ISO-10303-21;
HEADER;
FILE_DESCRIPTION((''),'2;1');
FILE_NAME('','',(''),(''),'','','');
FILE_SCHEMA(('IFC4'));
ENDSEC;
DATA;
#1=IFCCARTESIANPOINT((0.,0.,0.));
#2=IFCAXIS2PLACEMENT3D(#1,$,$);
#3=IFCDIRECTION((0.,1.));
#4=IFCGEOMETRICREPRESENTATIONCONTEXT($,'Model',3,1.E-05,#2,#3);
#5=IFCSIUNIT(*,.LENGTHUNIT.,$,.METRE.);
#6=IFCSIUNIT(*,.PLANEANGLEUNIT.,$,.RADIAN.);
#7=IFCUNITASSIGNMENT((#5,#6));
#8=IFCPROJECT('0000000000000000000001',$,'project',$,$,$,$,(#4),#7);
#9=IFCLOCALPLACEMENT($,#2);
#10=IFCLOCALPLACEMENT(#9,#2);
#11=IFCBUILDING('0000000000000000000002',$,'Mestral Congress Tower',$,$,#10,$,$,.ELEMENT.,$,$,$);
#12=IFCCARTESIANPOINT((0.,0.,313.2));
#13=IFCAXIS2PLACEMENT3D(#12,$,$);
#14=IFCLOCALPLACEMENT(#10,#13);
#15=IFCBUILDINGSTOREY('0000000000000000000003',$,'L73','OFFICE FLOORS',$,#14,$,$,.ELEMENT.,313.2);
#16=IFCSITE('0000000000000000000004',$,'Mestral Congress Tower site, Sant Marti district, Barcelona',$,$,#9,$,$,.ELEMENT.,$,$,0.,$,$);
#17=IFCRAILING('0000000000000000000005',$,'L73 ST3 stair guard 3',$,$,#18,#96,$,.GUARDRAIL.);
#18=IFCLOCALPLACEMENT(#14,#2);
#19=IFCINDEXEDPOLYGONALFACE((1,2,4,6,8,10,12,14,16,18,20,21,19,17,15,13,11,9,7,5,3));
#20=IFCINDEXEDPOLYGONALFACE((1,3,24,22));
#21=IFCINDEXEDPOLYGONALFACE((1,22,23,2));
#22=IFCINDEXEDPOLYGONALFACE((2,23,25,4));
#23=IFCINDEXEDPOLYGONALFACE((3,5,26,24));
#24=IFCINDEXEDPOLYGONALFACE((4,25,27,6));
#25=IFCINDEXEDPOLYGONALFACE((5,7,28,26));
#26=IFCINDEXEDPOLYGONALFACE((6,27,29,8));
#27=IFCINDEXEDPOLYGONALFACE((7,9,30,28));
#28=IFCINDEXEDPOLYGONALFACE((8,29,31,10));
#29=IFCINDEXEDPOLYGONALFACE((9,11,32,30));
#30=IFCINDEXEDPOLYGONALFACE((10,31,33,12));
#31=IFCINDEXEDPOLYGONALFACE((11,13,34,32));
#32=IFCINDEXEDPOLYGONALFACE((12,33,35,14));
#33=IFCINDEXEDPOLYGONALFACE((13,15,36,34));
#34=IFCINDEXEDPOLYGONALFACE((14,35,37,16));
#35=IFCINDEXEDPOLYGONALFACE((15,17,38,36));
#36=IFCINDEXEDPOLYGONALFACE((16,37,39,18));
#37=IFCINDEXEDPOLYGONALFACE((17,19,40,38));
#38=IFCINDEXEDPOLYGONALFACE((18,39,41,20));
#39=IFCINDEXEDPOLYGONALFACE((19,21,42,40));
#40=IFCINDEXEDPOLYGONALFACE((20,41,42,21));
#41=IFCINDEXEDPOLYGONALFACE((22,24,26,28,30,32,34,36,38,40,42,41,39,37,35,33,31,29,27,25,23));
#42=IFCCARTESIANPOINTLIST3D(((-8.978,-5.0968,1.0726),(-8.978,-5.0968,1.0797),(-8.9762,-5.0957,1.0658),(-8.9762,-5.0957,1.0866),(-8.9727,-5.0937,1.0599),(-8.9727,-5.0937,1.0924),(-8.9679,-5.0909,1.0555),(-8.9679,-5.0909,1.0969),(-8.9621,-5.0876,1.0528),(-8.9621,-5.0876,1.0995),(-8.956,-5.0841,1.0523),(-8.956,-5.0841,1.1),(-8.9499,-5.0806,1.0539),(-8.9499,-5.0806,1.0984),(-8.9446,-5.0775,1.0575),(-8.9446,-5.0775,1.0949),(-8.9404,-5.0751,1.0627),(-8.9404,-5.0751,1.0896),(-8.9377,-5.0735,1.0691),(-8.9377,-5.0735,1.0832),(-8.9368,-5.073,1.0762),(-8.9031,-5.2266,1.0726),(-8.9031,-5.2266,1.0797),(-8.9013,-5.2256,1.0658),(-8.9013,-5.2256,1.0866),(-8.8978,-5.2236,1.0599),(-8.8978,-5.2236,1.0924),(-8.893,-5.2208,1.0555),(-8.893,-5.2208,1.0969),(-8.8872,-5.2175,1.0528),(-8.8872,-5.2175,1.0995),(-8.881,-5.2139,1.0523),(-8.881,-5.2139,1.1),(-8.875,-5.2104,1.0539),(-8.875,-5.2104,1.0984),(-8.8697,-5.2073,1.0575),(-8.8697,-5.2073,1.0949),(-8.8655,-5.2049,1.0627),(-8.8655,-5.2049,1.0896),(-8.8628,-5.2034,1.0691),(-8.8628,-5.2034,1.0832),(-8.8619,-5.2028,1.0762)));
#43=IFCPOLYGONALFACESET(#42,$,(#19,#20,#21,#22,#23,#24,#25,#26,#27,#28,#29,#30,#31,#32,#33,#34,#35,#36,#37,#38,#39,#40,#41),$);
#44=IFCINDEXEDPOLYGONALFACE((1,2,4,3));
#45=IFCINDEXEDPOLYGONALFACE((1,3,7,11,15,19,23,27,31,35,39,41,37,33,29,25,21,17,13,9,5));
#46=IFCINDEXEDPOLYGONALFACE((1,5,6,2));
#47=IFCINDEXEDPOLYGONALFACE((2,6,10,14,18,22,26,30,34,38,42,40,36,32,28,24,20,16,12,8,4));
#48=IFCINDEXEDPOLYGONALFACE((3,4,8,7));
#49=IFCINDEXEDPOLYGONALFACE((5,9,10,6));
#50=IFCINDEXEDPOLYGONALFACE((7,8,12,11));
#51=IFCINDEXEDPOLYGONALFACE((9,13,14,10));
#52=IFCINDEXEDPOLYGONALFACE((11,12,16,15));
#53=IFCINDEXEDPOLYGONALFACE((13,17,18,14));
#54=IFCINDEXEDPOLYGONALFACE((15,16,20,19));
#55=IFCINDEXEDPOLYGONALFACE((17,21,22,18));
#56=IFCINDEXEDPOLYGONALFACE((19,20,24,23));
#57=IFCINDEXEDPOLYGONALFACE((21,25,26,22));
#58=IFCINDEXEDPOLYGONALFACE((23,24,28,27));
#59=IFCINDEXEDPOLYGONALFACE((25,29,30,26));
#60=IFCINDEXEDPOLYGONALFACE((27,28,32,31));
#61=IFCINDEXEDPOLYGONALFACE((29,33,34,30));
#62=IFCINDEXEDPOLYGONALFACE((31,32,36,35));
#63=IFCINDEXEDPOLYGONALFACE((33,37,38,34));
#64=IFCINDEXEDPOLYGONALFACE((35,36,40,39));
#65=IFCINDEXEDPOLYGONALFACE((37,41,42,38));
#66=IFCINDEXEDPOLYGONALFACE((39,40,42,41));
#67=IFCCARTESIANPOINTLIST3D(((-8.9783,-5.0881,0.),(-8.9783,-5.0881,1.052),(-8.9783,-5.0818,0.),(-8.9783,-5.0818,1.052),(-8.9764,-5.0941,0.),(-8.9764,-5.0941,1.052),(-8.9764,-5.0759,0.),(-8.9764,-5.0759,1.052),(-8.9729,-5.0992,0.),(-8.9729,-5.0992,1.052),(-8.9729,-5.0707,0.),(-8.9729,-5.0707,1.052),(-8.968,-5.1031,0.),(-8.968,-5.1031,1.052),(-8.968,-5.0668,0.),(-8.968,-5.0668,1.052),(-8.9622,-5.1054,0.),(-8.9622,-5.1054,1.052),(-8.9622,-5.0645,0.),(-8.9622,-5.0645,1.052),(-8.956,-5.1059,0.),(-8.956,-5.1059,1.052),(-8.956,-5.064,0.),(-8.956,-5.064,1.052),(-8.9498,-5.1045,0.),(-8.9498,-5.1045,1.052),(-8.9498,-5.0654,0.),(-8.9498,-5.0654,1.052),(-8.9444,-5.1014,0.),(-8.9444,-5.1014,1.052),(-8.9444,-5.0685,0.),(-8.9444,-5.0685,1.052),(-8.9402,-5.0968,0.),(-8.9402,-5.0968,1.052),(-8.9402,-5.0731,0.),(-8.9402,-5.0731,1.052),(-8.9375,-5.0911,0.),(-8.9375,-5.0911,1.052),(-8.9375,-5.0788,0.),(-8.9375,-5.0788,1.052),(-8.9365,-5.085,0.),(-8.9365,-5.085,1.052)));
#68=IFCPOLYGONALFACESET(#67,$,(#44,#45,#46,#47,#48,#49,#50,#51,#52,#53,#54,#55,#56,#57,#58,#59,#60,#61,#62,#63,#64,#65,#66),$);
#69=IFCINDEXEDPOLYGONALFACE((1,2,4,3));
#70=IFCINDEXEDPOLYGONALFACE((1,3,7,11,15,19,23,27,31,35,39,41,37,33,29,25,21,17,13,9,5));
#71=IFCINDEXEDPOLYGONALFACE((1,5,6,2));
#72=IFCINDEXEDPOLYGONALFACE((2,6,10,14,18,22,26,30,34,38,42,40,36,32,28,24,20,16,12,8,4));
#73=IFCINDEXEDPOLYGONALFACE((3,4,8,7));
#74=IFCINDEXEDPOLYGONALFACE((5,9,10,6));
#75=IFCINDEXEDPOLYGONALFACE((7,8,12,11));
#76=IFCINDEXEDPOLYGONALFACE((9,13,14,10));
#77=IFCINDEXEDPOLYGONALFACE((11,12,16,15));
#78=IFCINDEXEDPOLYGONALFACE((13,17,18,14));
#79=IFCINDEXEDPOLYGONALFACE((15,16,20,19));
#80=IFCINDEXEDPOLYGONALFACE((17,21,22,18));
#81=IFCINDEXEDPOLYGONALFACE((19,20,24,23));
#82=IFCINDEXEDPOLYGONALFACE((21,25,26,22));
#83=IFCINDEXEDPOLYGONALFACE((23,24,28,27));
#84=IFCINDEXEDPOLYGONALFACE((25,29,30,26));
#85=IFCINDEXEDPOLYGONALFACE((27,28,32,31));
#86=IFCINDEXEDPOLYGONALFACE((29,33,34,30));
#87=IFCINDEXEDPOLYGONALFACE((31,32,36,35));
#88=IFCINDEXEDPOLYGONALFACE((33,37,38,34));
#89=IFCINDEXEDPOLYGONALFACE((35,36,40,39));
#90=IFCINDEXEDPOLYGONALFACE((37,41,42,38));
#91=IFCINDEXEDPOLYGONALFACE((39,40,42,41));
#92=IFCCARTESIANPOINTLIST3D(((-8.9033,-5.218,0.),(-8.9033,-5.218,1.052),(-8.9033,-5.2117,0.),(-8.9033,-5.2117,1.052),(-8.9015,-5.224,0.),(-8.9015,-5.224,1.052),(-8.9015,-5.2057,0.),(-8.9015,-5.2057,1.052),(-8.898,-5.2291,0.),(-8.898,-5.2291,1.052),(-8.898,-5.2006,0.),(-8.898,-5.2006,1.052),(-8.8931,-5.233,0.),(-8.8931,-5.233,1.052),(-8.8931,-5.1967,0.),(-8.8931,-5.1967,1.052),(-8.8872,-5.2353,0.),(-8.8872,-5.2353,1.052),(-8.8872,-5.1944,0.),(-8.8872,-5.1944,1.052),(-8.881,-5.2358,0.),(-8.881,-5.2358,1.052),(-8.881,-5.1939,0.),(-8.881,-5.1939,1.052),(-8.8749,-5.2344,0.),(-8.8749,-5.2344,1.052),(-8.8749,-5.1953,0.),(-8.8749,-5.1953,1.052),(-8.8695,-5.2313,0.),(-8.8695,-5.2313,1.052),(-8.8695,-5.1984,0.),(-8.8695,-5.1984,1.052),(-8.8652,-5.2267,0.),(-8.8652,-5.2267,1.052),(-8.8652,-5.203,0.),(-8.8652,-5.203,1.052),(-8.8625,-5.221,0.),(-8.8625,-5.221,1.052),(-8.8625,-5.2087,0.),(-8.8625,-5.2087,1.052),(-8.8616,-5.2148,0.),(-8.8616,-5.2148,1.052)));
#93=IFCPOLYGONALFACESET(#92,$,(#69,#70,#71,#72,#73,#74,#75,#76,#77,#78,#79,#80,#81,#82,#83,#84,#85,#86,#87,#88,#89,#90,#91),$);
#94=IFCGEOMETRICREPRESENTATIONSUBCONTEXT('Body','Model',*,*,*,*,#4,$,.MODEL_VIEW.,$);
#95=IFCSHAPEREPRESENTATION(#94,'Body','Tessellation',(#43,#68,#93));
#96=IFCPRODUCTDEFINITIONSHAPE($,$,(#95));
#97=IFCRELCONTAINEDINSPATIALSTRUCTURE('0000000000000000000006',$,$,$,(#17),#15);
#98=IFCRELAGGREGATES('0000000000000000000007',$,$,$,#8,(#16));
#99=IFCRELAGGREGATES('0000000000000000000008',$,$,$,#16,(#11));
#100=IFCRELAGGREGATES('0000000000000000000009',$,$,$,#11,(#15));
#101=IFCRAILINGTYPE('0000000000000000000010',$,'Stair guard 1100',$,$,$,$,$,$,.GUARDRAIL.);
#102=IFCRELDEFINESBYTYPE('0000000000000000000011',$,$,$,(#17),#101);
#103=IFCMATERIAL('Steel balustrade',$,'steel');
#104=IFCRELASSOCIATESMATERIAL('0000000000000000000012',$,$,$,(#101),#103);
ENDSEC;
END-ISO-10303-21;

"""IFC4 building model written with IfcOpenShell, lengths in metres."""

from ifc_helpers import new_model, si_unit, direction, frame, origin, origin_2d, place, context, subcontext, project, spatial, circle, extrude, material, type_object, element, save


model = new_model("IFC4")

# Units and contexts
model_context = context("Model", 3, precision=1e-05, world=origin(), true_north=direction((0.0, 1.0)))
body_context = subcontext(model_context, "Body", "Model", "MODEL_VIEW")
ifc_project = project(units=[si_unit("LENGTHUNIT", "METRE"), si_unit("PLANEANGLEUNIT", "RADIAN")], contexts=[model_context])

# Site, building, storey
site_placement = place(None, origin())
site = spatial("IfcSite", under=ifc_project, at=site_placement, Name="Mestral Congress Tower site, Sant Marti district, Barcelona", CompositionType="ELEMENT", RefElevation=0.0)
building_placement = place(site_placement, origin())
building = spatial("IfcBuilding", under=site, at=building_placement, Name="Mestral Congress Tower", CompositionType="ELEMENT")
storey_placement = place(building_placement, frame((0.0, 0.0, 313.2)))
storey = spatial("IfcBuildingStorey", under=building, at=storey_placement, Name="L73", Description="OFFICE FLOORS", CompositionType="ELEMENT", Elevation=313.2)

# Railing
ifc_material_1 = material(Name="Steel balustrade", Category="steel")
railing_type_1 = type_object("IfcRailingType", Name="Stair guard 1100", PredefinedType="GUARDRAIL", material=ifc_material_1)
railing_1_placement = place(storey_placement, frame((-8.9575, -5.085, 0.0)))
element("IfcRailing", 1, at=railing_1_placement, inside=storey, type_object=railing_type_1, Name="L73 ST3 stair guard 3", PredefinedType="GUARDRAIL", context=body_context, shape_type="SweptSolid", body=[
    extrude(circle(Radius=0.0239, at=origin_2d()), frame((0.0, 0.0, 1.0762), z_axis=(0.499816, -0.866131, 0.0), x_axis=(0.866131, 0.499816, 0.0)), (0.0, 0.0, 1.0), 0.1499),
    extrude(circle(Radius=0.021, at=origin_2d()), origin(), (0.0, 0.0, 1.0), 1.052),
    extrude(circle(Radius=0.021, at=origin_2d()), frame((0.075, -0.1299, 0.0)), (0.0, 0.0, 1.0), 1.052),
])

save(model, "model.ifc")
